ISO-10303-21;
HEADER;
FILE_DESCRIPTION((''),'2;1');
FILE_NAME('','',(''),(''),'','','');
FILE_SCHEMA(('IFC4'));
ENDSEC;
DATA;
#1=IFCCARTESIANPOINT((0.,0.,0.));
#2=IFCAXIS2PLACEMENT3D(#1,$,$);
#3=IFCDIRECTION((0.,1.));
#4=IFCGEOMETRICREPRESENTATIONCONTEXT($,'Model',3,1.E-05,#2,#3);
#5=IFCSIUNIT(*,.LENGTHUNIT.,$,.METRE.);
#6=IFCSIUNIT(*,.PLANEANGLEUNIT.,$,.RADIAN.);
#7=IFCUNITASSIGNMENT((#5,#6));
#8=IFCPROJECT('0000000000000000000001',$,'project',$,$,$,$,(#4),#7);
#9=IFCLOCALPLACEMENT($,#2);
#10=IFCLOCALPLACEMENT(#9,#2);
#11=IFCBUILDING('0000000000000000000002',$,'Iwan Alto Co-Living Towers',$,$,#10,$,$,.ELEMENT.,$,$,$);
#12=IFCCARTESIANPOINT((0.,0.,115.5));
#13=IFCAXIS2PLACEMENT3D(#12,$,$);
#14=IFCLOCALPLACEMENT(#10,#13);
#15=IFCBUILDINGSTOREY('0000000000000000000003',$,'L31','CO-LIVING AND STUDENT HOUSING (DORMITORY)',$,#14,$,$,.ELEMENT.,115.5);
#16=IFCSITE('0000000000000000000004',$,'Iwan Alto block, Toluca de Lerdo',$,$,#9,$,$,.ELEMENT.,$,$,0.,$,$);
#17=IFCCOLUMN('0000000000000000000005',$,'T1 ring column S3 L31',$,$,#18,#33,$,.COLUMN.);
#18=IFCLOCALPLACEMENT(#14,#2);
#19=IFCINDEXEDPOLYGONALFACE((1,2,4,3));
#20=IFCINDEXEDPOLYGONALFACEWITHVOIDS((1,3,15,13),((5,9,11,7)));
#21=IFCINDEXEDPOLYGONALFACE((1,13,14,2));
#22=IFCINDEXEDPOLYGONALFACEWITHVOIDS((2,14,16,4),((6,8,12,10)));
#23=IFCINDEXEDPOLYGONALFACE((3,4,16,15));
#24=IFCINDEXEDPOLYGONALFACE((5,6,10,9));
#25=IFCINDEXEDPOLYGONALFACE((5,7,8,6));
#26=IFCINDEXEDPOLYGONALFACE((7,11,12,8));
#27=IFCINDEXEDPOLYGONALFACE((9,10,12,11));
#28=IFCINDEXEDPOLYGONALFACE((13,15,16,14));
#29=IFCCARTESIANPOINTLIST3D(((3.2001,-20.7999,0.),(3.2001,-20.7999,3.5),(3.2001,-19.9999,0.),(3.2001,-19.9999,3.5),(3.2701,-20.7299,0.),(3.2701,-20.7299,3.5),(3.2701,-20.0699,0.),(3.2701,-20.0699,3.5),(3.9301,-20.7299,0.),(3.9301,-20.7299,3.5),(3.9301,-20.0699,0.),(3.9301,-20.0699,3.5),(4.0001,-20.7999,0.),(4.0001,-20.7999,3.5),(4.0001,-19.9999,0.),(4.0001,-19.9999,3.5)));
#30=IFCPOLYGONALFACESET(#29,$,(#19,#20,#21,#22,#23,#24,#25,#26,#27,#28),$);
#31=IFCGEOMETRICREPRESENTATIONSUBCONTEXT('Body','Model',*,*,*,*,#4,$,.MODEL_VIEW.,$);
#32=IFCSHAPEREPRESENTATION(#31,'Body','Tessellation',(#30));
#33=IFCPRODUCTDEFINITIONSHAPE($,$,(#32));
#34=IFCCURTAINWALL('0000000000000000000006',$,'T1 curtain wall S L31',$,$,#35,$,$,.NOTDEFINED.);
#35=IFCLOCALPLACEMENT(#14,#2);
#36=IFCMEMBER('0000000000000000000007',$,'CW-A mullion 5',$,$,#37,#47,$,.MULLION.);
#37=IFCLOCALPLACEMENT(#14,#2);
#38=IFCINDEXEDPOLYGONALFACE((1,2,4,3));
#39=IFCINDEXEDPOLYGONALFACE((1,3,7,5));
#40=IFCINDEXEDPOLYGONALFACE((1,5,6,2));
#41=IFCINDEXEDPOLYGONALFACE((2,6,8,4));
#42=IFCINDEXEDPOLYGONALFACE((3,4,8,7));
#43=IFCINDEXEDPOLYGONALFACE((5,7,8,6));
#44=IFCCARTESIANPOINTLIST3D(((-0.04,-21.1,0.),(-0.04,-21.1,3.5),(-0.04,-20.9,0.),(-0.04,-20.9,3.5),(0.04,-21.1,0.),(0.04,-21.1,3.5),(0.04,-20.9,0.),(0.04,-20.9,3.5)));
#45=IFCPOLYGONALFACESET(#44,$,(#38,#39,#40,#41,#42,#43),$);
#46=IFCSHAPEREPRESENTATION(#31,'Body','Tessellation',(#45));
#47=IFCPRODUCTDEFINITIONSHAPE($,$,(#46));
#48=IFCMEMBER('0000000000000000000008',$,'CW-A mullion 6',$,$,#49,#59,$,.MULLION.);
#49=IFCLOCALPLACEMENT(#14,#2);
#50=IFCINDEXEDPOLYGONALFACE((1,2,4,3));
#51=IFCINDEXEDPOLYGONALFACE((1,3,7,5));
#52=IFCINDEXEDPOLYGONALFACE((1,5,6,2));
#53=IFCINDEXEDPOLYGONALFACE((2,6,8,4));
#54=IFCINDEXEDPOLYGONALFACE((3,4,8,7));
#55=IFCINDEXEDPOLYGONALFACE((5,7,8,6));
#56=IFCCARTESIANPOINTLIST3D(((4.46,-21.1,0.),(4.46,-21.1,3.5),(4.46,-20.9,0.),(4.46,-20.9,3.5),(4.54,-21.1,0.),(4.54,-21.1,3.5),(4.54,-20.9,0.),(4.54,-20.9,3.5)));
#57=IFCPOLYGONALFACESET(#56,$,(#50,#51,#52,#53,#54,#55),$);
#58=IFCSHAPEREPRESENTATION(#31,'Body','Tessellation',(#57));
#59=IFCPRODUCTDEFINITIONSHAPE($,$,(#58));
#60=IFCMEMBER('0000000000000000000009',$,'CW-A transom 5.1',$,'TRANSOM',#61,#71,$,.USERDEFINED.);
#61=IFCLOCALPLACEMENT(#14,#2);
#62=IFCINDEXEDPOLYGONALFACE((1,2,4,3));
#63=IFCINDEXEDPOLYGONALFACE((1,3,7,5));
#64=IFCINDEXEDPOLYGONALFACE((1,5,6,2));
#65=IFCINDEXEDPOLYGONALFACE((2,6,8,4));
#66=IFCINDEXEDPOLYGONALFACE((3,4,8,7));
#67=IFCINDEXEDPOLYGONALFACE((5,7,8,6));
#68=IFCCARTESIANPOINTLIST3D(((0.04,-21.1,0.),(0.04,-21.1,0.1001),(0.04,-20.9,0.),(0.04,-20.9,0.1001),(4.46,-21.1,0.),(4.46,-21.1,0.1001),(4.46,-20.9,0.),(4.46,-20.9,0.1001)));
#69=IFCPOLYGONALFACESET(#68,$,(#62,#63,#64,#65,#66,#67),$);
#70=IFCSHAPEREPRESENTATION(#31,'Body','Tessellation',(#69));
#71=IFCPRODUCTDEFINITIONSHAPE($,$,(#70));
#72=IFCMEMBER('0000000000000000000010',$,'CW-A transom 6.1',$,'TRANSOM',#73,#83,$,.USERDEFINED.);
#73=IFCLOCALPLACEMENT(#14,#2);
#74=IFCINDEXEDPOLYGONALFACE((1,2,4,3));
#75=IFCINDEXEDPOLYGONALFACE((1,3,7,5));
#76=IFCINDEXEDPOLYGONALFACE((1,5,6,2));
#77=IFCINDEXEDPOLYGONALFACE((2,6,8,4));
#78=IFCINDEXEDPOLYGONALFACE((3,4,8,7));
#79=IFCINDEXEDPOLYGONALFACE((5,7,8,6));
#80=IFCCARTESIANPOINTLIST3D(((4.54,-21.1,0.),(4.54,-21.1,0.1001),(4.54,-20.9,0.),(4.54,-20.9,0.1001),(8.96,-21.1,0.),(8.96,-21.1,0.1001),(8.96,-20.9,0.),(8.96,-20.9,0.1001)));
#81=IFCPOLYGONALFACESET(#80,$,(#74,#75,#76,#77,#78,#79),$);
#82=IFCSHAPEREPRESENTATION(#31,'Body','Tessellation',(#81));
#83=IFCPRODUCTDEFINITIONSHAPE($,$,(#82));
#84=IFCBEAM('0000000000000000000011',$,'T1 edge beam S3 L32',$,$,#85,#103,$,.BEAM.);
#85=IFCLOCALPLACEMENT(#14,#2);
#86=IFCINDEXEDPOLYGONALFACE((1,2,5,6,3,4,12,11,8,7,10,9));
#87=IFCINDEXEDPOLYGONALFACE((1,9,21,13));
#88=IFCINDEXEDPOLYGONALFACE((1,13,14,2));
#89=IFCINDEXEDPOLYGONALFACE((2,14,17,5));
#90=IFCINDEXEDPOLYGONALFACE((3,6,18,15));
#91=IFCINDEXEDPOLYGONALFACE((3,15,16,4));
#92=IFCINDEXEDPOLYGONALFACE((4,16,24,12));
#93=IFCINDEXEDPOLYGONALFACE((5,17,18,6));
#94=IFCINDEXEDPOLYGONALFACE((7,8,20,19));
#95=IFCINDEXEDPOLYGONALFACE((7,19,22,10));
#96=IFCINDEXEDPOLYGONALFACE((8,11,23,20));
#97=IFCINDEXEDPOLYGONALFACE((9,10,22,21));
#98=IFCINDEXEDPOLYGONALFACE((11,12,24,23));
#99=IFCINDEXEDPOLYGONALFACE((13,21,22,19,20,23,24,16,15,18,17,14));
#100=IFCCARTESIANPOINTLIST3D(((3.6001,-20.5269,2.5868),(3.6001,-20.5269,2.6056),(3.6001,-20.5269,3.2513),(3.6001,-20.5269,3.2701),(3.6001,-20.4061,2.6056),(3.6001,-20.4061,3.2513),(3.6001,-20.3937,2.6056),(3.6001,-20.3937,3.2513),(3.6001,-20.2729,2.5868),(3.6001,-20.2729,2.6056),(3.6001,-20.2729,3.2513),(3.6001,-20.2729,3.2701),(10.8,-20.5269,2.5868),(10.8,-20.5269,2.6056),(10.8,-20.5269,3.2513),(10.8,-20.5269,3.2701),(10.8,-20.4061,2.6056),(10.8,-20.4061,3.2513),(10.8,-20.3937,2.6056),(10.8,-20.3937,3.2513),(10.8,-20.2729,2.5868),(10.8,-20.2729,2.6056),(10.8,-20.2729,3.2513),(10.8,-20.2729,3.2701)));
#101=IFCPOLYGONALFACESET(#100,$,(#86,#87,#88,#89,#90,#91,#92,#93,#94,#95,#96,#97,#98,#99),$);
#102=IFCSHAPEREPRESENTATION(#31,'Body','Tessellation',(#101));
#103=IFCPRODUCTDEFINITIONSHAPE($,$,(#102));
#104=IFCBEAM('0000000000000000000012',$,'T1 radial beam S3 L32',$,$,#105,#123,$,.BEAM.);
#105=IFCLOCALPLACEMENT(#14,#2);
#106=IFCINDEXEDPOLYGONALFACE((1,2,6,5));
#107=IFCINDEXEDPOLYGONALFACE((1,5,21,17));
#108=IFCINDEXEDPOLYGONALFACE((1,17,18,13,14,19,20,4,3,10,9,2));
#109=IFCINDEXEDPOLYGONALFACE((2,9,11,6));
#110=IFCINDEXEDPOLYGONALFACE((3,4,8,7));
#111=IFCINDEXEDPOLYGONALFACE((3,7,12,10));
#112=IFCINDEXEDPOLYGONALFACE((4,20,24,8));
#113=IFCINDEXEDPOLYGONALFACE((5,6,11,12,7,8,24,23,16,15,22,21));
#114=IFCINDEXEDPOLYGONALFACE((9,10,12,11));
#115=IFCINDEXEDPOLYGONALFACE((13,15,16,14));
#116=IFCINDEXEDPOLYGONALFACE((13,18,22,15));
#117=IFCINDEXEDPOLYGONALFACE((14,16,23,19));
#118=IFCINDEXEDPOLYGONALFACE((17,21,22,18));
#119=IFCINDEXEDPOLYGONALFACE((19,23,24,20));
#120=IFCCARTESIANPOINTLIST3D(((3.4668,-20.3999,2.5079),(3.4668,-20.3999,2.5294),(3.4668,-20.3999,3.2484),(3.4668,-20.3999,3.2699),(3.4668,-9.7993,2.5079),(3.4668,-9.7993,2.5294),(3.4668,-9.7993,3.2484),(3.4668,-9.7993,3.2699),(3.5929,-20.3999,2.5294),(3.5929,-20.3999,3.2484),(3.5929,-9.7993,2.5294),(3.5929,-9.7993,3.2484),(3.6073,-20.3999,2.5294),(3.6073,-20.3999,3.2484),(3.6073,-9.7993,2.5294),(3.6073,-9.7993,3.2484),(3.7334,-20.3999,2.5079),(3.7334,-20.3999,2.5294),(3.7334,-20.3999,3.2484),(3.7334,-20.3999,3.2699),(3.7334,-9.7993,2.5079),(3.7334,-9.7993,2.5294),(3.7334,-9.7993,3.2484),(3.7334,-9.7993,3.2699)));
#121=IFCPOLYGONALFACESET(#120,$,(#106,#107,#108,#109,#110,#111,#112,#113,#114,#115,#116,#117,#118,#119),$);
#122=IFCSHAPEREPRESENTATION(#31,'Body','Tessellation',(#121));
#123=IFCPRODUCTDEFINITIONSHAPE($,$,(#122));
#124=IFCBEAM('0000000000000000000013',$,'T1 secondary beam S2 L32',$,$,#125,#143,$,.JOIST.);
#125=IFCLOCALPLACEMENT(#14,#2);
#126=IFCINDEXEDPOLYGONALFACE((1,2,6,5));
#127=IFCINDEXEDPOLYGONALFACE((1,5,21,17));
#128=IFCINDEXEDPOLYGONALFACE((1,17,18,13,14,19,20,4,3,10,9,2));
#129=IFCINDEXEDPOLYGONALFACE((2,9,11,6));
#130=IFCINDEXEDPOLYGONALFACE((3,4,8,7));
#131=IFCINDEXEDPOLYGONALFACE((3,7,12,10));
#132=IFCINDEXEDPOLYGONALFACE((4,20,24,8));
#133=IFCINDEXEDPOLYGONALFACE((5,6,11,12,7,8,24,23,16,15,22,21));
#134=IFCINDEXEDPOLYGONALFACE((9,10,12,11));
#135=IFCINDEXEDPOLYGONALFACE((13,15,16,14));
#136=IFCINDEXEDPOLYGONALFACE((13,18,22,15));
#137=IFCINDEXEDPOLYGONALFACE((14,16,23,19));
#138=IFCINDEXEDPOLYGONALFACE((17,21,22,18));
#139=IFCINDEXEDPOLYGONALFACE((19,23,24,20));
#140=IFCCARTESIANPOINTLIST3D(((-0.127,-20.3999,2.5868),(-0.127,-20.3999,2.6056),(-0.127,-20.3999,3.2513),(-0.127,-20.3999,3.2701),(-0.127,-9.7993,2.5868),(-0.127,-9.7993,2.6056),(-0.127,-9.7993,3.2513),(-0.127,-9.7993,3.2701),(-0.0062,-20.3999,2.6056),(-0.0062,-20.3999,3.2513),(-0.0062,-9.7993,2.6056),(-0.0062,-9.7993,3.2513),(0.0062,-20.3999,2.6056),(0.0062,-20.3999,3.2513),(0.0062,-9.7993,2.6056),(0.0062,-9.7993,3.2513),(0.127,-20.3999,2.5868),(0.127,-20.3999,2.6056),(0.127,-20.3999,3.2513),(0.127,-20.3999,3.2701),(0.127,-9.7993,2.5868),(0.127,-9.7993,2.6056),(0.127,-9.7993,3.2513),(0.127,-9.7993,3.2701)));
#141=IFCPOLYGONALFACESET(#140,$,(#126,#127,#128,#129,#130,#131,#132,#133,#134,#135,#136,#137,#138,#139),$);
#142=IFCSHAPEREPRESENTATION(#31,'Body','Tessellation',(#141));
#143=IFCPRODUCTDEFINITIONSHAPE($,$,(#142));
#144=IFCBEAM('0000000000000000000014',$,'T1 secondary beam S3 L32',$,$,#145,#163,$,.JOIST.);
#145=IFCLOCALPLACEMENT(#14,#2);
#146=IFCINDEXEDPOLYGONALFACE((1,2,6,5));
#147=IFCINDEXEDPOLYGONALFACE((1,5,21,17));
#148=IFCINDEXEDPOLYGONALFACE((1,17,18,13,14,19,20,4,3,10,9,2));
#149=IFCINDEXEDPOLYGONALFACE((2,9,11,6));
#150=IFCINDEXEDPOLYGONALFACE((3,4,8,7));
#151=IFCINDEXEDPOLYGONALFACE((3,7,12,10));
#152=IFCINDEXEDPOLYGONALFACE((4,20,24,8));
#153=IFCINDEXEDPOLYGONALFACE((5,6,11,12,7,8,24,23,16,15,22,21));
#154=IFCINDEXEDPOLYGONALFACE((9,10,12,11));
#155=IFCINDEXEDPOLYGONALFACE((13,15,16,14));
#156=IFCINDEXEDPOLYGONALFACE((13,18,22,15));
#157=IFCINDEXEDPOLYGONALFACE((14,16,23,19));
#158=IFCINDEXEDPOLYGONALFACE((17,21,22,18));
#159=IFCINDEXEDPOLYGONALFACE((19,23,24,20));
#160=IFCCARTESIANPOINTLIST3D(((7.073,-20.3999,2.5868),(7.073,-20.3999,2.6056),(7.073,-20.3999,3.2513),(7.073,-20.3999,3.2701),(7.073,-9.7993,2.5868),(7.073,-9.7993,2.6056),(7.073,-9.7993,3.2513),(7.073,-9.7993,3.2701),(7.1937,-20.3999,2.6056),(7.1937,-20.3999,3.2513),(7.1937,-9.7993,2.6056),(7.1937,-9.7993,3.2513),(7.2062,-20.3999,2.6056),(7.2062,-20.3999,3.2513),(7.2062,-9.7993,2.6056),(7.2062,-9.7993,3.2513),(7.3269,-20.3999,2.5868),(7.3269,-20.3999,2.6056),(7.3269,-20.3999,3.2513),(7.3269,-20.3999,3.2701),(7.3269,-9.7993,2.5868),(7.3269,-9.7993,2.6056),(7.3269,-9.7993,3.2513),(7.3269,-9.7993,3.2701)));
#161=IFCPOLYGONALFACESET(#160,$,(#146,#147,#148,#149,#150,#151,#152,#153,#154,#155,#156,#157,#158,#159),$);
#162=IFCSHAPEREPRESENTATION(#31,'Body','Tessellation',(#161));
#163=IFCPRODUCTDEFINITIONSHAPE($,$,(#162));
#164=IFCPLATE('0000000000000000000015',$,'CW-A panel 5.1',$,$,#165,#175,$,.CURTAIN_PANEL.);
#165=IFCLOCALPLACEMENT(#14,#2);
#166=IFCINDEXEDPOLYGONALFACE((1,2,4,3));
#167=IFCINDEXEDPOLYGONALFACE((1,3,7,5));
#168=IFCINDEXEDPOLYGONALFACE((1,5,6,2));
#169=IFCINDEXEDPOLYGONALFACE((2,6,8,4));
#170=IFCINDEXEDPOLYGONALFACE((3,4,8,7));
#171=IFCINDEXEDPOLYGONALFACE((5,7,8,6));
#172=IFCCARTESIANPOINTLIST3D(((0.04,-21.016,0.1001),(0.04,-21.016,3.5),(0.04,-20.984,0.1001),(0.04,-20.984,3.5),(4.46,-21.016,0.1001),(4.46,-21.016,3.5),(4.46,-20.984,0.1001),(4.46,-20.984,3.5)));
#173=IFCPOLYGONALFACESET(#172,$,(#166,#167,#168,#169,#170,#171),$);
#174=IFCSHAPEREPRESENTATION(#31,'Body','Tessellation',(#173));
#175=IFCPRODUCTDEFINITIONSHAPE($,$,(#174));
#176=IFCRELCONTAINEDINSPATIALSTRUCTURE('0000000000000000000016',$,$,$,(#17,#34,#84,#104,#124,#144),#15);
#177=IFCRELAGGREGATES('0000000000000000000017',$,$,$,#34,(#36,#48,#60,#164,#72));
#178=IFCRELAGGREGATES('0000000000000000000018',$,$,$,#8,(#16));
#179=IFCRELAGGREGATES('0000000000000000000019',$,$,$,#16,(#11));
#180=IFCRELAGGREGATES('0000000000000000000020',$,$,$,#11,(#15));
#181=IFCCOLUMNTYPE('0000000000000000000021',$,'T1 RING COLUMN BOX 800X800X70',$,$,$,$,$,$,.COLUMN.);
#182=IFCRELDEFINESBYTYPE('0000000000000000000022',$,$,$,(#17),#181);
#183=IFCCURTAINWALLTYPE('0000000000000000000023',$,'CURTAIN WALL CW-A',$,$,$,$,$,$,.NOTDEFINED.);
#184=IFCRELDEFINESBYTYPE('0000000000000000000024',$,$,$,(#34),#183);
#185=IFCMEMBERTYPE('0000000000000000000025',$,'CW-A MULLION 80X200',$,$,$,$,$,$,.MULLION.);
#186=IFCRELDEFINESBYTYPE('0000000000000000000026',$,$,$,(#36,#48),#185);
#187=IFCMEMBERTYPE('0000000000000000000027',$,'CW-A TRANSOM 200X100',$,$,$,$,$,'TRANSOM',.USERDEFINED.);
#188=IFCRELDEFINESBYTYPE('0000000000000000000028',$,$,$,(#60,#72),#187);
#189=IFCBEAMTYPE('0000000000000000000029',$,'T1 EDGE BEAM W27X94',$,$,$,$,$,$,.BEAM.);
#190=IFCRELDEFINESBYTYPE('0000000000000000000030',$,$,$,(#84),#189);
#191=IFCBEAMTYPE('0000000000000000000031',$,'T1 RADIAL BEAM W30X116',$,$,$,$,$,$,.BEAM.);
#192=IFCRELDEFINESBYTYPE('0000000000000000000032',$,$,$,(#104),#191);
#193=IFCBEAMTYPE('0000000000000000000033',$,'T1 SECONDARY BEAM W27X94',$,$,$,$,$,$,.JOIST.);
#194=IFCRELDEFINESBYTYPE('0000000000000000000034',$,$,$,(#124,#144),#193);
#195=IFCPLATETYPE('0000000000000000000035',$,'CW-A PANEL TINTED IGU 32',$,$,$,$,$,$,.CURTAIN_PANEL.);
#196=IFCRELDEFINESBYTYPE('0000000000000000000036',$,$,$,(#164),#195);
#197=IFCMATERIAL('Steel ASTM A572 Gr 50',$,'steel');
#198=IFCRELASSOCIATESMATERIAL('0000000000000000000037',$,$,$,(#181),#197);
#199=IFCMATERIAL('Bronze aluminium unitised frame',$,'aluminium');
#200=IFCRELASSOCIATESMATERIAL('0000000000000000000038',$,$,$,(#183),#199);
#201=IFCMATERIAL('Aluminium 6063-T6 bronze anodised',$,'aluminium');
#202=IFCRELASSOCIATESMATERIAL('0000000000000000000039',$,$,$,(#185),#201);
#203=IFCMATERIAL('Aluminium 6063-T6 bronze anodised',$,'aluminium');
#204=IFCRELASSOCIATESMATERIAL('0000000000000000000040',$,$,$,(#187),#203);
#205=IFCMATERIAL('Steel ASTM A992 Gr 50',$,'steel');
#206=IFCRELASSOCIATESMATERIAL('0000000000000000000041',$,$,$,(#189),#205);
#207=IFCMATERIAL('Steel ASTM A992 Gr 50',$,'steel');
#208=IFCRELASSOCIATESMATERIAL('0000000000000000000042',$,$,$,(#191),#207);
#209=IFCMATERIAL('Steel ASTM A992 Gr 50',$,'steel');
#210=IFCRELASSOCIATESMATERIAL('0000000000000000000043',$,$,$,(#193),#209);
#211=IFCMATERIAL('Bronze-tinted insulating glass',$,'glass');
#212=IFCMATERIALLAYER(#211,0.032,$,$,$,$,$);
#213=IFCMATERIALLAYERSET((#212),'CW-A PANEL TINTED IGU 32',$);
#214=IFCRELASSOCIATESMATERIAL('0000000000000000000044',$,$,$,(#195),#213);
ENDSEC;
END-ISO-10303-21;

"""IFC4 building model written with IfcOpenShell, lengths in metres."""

from ifc_helpers import new_model, si_unit, direction, frame, origin, origin_2d, place, context, subcontext, project, spatial, rectangle, hollow_rectangle, i_section, extrude, material, layer, layer_set, material_profile, profile_set, type_object, element, aggregate, save


model = new_model("IFC4")

# Units and contexts
model_context = context("Model", 3, precision=1e-05, world=origin(), true_north=direction((0.0, 1.0)))
body_context = subcontext(model_context, "Body", "Model", "MODEL_VIEW")
ifc_project = project(units=[si_unit("LENGTHUNIT", "METRE"), si_unit("PLANEANGLEUNIT", "RADIAN")], contexts=[model_context])

# Site, building, storey
site_placement = place(None, origin())
site = spatial("IfcSite", under=ifc_project, at=site_placement, Name="Iwan Alto block, Toluca de Lerdo", CompositionType="ELEMENT", RefElevation=0.0)
building_placement = place(site_placement, origin())
building = spatial("IfcBuilding", under=site, at=building_placement, Name="Iwan Alto Co-Living Towers", CompositionType="ELEMENT")
storey_placement = place(building_placement, frame((0.0, 0.0, 115.5)))
storey = spatial("IfcBuildingStorey", under=building, at=storey_placement, Name="L31", Description="CO-LIVING AND STUDENT HOUSING (DORMITORY)", CompositionType="ELEMENT", Elevation=115.5)

# Column
ifc_material_1 = material(Name="Steel ASTM A572 Gr 50", Category="steel")
ifc_material_profile_1 = material_profile(ifc_material_1, hollow_rectangle(XDim=0.8, YDim=0.8, WallThickness=0.0701, at=origin_2d()), Name="BOX 800X800X70")
ifc_profile_set_1 = profile_set([ifc_material_profile_1], Name="Steel ASTM A572 Gr 50")
column_type = type_object("IfcColumnType", Name="T1 RING COLUMN BOX 800X800X70", PredefinedType="COLUMN", material=ifc_profile_set_1)
column_placement = place(storey_placement, frame((3.6001, -20.3999, 0.0), z_axis=(0.0, 0.0, 1.0), x_axis=(1.0, 0.0, 0.0)))
element("IfcColumn", 1, at=column_placement, inside=storey, type_object=column_type, Name="T1 ring column S3 L31", PredefinedType="COLUMN", context=body_context, shape_type="SweptSolid", body=[
    extrude(hollow_rectangle(XDim=0.8, YDim=0.8, WallThickness=0.0701, at=origin_2d()), origin(), (0.0, 0.0, 1.0), 3.5),
])

# Curtain wall, members
ifc_material_2 = material(Name="Bronze aluminium unitised frame", Category="aluminium")
curtain_wall_type = type_object("IfcCurtainWallType", Name="CURTAIN WALL CW-A", PredefinedType="NOTDEFINED", material=ifc_material_2)
curtain_wall_placement = place(storey_placement, origin())
curtain_wall = element("IfcCurtainWall", 2, at=curtain_wall_placement, inside=storey, type_object=curtain_wall_type, Name="T1 curtain wall S L31", PredefinedType="NOTDEFINED")
ifc_material_3 = material(Name="Aluminium 6063-T6 bronze anodised", Category="aluminium")
ifc_material_profile_2 = material_profile(ifc_material_3, rectangle(XDim=0.2, YDim=0.0801, at=origin_2d()), Name="AL 80X200")
ifc_profile_set_2 = profile_set([ifc_material_profile_2], Name="Aluminium 6063-T6 bronze anodised")
member_type_1 = type_object("IfcMemberType", Name="CW-A MULLION 80X200", PredefinedType="MULLION", material=ifc_profile_set_2)
member_1_placement = place(storey_placement, frame((0.0, -21.0, 0.0), z_axis=(0.0, 0.0, 1.0), x_axis=(0.0, 1.0, 0.0)))
member_1 = element("IfcMember", 3, at=member_1_placement, type_object=member_type_1, Name="CW-A mullion 5", PredefinedType="MULLION", context=body_context, shape_type="SweptSolid", body=[
    extrude(rectangle(XDim=0.2, YDim=0.0801, at=origin_2d()), origin(), (0.0, 0.0, 1.0), 3.5),
])
member_2_placement = place(storey_placement, frame((4.5, -21.0, 0.0), z_axis=(0.0, 0.0, 1.0), x_axis=(0.0, 1.0, 0.0)))
member_2 = element("IfcMember", 4, at=member_2_placement, type_object=member_type_1, Name="CW-A mullion 6", PredefinedType="MULLION", context=body_context, shape_type="SweptSolid", body=[
    extrude(rectangle(XDim=0.2, YDim=0.0801, at=origin_2d()), origin(), (0.0, 0.0, 1.0), 3.5),
])
ifc_material_4 = material(Name="Aluminium 6063-T6 bronze anodised", Category="aluminium")
ifc_material_profile_3 = material_profile(ifc_material_4, rectangle(XDim=0.2, YDim=0.1001, at=origin_2d()), Name="AL 200X100")
ifc_profile_set_3 = profile_set([ifc_material_profile_3], Name="Aluminium 6063-T6 bronze anodised")
member_type_2 = type_object("IfcMemberType", Name="CW-A TRANSOM 200X100", ElementType="TRANSOM", PredefinedType="USERDEFINED", material=ifc_profile_set_3)
member_3_placement = place(storey_placement, frame((0.04, -21.0, 0.05), z_axis=(1.0, 0.0, 0.0), x_axis=(0.0, 1.0, 0.0)))
member_3 = element("IfcMember", 5, at=member_3_placement, type_object=member_type_2, Name="CW-A transom 5.1", ObjectType="TRANSOM", PredefinedType="USERDEFINED", context=body_context, shape_type="SweptSolid", body=[
    extrude(rectangle(XDim=0.2, YDim=0.1001, at=origin_2d()), origin(), (0.0, 0.0, 1.0), 4.4199),
])
member_4_placement = place(storey_placement, frame((4.54, -21.0, 0.05), z_axis=(1.0, 0.0, 0.0), x_axis=(0.0, 1.0, 0.0)))
member_4 = element("IfcMember", 6, at=member_4_placement, type_object=member_type_2, Name="CW-A transom 6.1", ObjectType="TRANSOM", PredefinedType="USERDEFINED", context=body_context, shape_type="SweptSolid", body=[
    extrude(rectangle(XDim=0.2, YDim=0.1001, at=origin_2d()), origin(), (0.0, 0.0, 1.0), 4.4199),
])

# Beams
ifc_material_5 = material(Name="Steel ASTM A992 Gr 50", Category="steel")
ifc_material_profile_4 = material_profile(ifc_material_5, i_section(OverallWidth=0.2539, OverallDepth=0.6833, WebThickness=0.0125, FlangeThickness=0.0188, at=origin_2d()), Name="W27X94")
ifc_profile_set_4 = profile_set([ifc_material_profile_4], Name="Steel ASTM A992 Gr 50")
beam_type_1 = type_object("IfcBeamType", Name="T1 EDGE BEAM W27X94", PredefinedType="BEAM", material=ifc_profile_set_4)
beam_1_placement = place(storey_placement, frame((3.6001, -20.3999, 2.9285), z_axis=(1.0, 0.0, 0.0), x_axis=(0.0, 1.0, 0.0)))
element("IfcBeam", 7, at=beam_1_placement, inside=storey, type_object=beam_type_1, Name="T1 edge beam S3 L32", PredefinedType="BEAM", context=body_context, shape_type="SweptSolid", body=[
    extrude(i_section(OverallWidth=0.2539, OverallDepth=0.6833, WebThickness=0.0125, FlangeThickness=0.0188, at=origin_2d()), origin(), (0.0, 0.0, 1.0), 7.2),
])
ifc_material_6 = material(Name="Steel ASTM A992 Gr 50", Category="steel")
ifc_material_profile_5 = material_profile(ifc_material_6, i_section(OverallWidth=0.2666, OverallDepth=0.762, WebThickness=0.0144, FlangeThickness=0.0215, at=origin_2d()), Name="W30X116")
ifc_profile_set_5 = profile_set([ifc_material_profile_5], Name="Steel ASTM A992 Gr 50")
beam_type_2 = type_object("IfcBeamType", Name="T1 RADIAL BEAM W30X116", PredefinedType="BEAM", material=ifc_profile_set_5)
beam_2_placement = place(storey_placement, frame((3.6001, -20.3999, 2.8889), z_axis=(0.0, 1.0, 0.0), x_axis=(-1.0, 0.0, 0.0)))
element("IfcBeam", 8, at=beam_2_placement, inside=storey, type_object=beam_type_2, Name="T1 radial beam S3 L32", PredefinedType="BEAM", context=body_context, shape_type="SweptSolid", body=[
    extrude(i_section(OverallWidth=0.2666, OverallDepth=0.762, WebThickness=0.0144, FlangeThickness=0.0215, at=origin_2d()), origin(), (0.0, 0.0, 1.0), 10.6006),
])
ifc_material_7 = material(Name="Steel ASTM A992 Gr 50", Category="steel")
ifc_material_profile_6 = material_profile(ifc_material_7, i_section(OverallWidth=0.2539, OverallDepth=0.6833, WebThickness=0.0125, FlangeThickness=0.0188, at=origin_2d()), Name="W27X94")
ifc_profile_set_6 = profile_set([ifc_material_profile_6], Name="Steel ASTM A992 Gr 50")
beam_type_3 = type_object("IfcBeamType", Name="T1 SECONDARY BEAM W27X94", PredefinedType="JOIST", material=ifc_profile_set_6)
for number, where, z_axis, x_axis, name in (
    (9, (0.0, -20.3999, 2.9285), (0.0, 1.0, 0.0), (-1.0, 0.0, 0.0), "T1 secondary beam S2 L32"),
    (10, (7.2, -20.3999, 2.9285), (0.0, 1.0, 0.0), (-1.0, 0.0, 0.0), "T1 secondary beam S3 L32"),
):
    element("IfcBeam", number, at=place(storey_placement, frame(where, z_axis=z_axis, x_axis=x_axis)), inside=storey, type_object=beam_type_3, Name=name, PredefinedType="JOIST", context=body_context, shape_type="SweptSolid", body=[
        extrude(i_section(OverallWidth=0.2539, OverallDepth=0.6833, WebThickness=0.0125, FlangeThickness=0.0188, at=origin_2d()), origin(), (0.0, 0.0, 1.0), 10.6006),
    ])

# Plate
ifc_material_8 = material(Name="Bronze-tinted insulating glass", Category="glass")
ifc_layer_1 = layer(ifc_material_8, 0.032)
ifc_layer_set_1 = layer_set([ifc_layer_1], Name="CW-A PANEL TINTED IGU 32")
plate_type = type_object("IfcPlateType", Name="CW-A PANEL TINTED IGU 32", PredefinedType="CURTAIN_PANEL", material=ifc_layer_set_1)
plate_1_placement = place(storey_placement, frame((2.25, -21.0, 0.1001), z_axis=(0.0, 0.0, 1.0), x_axis=(1.0, 0.0, 0.0)))
plate_1 = element("IfcPlate", 11, at=plate_1_placement, type_object=plate_type, Name="CW-A panel 5.1", PredefinedType="CURTAIN_PANEL", context=body_context, shape_type="SweptSolid", body=[
    extrude(rectangle(XDim=4.4199, YDim=0.032, at=origin_2d()), origin(), (0.0, 0.0, 1.0), 3.3999),
])
aggregate(curtain_wall, [member_1, member_2, member_3, plate_1, member_4])

save(model, "model.ifc")
